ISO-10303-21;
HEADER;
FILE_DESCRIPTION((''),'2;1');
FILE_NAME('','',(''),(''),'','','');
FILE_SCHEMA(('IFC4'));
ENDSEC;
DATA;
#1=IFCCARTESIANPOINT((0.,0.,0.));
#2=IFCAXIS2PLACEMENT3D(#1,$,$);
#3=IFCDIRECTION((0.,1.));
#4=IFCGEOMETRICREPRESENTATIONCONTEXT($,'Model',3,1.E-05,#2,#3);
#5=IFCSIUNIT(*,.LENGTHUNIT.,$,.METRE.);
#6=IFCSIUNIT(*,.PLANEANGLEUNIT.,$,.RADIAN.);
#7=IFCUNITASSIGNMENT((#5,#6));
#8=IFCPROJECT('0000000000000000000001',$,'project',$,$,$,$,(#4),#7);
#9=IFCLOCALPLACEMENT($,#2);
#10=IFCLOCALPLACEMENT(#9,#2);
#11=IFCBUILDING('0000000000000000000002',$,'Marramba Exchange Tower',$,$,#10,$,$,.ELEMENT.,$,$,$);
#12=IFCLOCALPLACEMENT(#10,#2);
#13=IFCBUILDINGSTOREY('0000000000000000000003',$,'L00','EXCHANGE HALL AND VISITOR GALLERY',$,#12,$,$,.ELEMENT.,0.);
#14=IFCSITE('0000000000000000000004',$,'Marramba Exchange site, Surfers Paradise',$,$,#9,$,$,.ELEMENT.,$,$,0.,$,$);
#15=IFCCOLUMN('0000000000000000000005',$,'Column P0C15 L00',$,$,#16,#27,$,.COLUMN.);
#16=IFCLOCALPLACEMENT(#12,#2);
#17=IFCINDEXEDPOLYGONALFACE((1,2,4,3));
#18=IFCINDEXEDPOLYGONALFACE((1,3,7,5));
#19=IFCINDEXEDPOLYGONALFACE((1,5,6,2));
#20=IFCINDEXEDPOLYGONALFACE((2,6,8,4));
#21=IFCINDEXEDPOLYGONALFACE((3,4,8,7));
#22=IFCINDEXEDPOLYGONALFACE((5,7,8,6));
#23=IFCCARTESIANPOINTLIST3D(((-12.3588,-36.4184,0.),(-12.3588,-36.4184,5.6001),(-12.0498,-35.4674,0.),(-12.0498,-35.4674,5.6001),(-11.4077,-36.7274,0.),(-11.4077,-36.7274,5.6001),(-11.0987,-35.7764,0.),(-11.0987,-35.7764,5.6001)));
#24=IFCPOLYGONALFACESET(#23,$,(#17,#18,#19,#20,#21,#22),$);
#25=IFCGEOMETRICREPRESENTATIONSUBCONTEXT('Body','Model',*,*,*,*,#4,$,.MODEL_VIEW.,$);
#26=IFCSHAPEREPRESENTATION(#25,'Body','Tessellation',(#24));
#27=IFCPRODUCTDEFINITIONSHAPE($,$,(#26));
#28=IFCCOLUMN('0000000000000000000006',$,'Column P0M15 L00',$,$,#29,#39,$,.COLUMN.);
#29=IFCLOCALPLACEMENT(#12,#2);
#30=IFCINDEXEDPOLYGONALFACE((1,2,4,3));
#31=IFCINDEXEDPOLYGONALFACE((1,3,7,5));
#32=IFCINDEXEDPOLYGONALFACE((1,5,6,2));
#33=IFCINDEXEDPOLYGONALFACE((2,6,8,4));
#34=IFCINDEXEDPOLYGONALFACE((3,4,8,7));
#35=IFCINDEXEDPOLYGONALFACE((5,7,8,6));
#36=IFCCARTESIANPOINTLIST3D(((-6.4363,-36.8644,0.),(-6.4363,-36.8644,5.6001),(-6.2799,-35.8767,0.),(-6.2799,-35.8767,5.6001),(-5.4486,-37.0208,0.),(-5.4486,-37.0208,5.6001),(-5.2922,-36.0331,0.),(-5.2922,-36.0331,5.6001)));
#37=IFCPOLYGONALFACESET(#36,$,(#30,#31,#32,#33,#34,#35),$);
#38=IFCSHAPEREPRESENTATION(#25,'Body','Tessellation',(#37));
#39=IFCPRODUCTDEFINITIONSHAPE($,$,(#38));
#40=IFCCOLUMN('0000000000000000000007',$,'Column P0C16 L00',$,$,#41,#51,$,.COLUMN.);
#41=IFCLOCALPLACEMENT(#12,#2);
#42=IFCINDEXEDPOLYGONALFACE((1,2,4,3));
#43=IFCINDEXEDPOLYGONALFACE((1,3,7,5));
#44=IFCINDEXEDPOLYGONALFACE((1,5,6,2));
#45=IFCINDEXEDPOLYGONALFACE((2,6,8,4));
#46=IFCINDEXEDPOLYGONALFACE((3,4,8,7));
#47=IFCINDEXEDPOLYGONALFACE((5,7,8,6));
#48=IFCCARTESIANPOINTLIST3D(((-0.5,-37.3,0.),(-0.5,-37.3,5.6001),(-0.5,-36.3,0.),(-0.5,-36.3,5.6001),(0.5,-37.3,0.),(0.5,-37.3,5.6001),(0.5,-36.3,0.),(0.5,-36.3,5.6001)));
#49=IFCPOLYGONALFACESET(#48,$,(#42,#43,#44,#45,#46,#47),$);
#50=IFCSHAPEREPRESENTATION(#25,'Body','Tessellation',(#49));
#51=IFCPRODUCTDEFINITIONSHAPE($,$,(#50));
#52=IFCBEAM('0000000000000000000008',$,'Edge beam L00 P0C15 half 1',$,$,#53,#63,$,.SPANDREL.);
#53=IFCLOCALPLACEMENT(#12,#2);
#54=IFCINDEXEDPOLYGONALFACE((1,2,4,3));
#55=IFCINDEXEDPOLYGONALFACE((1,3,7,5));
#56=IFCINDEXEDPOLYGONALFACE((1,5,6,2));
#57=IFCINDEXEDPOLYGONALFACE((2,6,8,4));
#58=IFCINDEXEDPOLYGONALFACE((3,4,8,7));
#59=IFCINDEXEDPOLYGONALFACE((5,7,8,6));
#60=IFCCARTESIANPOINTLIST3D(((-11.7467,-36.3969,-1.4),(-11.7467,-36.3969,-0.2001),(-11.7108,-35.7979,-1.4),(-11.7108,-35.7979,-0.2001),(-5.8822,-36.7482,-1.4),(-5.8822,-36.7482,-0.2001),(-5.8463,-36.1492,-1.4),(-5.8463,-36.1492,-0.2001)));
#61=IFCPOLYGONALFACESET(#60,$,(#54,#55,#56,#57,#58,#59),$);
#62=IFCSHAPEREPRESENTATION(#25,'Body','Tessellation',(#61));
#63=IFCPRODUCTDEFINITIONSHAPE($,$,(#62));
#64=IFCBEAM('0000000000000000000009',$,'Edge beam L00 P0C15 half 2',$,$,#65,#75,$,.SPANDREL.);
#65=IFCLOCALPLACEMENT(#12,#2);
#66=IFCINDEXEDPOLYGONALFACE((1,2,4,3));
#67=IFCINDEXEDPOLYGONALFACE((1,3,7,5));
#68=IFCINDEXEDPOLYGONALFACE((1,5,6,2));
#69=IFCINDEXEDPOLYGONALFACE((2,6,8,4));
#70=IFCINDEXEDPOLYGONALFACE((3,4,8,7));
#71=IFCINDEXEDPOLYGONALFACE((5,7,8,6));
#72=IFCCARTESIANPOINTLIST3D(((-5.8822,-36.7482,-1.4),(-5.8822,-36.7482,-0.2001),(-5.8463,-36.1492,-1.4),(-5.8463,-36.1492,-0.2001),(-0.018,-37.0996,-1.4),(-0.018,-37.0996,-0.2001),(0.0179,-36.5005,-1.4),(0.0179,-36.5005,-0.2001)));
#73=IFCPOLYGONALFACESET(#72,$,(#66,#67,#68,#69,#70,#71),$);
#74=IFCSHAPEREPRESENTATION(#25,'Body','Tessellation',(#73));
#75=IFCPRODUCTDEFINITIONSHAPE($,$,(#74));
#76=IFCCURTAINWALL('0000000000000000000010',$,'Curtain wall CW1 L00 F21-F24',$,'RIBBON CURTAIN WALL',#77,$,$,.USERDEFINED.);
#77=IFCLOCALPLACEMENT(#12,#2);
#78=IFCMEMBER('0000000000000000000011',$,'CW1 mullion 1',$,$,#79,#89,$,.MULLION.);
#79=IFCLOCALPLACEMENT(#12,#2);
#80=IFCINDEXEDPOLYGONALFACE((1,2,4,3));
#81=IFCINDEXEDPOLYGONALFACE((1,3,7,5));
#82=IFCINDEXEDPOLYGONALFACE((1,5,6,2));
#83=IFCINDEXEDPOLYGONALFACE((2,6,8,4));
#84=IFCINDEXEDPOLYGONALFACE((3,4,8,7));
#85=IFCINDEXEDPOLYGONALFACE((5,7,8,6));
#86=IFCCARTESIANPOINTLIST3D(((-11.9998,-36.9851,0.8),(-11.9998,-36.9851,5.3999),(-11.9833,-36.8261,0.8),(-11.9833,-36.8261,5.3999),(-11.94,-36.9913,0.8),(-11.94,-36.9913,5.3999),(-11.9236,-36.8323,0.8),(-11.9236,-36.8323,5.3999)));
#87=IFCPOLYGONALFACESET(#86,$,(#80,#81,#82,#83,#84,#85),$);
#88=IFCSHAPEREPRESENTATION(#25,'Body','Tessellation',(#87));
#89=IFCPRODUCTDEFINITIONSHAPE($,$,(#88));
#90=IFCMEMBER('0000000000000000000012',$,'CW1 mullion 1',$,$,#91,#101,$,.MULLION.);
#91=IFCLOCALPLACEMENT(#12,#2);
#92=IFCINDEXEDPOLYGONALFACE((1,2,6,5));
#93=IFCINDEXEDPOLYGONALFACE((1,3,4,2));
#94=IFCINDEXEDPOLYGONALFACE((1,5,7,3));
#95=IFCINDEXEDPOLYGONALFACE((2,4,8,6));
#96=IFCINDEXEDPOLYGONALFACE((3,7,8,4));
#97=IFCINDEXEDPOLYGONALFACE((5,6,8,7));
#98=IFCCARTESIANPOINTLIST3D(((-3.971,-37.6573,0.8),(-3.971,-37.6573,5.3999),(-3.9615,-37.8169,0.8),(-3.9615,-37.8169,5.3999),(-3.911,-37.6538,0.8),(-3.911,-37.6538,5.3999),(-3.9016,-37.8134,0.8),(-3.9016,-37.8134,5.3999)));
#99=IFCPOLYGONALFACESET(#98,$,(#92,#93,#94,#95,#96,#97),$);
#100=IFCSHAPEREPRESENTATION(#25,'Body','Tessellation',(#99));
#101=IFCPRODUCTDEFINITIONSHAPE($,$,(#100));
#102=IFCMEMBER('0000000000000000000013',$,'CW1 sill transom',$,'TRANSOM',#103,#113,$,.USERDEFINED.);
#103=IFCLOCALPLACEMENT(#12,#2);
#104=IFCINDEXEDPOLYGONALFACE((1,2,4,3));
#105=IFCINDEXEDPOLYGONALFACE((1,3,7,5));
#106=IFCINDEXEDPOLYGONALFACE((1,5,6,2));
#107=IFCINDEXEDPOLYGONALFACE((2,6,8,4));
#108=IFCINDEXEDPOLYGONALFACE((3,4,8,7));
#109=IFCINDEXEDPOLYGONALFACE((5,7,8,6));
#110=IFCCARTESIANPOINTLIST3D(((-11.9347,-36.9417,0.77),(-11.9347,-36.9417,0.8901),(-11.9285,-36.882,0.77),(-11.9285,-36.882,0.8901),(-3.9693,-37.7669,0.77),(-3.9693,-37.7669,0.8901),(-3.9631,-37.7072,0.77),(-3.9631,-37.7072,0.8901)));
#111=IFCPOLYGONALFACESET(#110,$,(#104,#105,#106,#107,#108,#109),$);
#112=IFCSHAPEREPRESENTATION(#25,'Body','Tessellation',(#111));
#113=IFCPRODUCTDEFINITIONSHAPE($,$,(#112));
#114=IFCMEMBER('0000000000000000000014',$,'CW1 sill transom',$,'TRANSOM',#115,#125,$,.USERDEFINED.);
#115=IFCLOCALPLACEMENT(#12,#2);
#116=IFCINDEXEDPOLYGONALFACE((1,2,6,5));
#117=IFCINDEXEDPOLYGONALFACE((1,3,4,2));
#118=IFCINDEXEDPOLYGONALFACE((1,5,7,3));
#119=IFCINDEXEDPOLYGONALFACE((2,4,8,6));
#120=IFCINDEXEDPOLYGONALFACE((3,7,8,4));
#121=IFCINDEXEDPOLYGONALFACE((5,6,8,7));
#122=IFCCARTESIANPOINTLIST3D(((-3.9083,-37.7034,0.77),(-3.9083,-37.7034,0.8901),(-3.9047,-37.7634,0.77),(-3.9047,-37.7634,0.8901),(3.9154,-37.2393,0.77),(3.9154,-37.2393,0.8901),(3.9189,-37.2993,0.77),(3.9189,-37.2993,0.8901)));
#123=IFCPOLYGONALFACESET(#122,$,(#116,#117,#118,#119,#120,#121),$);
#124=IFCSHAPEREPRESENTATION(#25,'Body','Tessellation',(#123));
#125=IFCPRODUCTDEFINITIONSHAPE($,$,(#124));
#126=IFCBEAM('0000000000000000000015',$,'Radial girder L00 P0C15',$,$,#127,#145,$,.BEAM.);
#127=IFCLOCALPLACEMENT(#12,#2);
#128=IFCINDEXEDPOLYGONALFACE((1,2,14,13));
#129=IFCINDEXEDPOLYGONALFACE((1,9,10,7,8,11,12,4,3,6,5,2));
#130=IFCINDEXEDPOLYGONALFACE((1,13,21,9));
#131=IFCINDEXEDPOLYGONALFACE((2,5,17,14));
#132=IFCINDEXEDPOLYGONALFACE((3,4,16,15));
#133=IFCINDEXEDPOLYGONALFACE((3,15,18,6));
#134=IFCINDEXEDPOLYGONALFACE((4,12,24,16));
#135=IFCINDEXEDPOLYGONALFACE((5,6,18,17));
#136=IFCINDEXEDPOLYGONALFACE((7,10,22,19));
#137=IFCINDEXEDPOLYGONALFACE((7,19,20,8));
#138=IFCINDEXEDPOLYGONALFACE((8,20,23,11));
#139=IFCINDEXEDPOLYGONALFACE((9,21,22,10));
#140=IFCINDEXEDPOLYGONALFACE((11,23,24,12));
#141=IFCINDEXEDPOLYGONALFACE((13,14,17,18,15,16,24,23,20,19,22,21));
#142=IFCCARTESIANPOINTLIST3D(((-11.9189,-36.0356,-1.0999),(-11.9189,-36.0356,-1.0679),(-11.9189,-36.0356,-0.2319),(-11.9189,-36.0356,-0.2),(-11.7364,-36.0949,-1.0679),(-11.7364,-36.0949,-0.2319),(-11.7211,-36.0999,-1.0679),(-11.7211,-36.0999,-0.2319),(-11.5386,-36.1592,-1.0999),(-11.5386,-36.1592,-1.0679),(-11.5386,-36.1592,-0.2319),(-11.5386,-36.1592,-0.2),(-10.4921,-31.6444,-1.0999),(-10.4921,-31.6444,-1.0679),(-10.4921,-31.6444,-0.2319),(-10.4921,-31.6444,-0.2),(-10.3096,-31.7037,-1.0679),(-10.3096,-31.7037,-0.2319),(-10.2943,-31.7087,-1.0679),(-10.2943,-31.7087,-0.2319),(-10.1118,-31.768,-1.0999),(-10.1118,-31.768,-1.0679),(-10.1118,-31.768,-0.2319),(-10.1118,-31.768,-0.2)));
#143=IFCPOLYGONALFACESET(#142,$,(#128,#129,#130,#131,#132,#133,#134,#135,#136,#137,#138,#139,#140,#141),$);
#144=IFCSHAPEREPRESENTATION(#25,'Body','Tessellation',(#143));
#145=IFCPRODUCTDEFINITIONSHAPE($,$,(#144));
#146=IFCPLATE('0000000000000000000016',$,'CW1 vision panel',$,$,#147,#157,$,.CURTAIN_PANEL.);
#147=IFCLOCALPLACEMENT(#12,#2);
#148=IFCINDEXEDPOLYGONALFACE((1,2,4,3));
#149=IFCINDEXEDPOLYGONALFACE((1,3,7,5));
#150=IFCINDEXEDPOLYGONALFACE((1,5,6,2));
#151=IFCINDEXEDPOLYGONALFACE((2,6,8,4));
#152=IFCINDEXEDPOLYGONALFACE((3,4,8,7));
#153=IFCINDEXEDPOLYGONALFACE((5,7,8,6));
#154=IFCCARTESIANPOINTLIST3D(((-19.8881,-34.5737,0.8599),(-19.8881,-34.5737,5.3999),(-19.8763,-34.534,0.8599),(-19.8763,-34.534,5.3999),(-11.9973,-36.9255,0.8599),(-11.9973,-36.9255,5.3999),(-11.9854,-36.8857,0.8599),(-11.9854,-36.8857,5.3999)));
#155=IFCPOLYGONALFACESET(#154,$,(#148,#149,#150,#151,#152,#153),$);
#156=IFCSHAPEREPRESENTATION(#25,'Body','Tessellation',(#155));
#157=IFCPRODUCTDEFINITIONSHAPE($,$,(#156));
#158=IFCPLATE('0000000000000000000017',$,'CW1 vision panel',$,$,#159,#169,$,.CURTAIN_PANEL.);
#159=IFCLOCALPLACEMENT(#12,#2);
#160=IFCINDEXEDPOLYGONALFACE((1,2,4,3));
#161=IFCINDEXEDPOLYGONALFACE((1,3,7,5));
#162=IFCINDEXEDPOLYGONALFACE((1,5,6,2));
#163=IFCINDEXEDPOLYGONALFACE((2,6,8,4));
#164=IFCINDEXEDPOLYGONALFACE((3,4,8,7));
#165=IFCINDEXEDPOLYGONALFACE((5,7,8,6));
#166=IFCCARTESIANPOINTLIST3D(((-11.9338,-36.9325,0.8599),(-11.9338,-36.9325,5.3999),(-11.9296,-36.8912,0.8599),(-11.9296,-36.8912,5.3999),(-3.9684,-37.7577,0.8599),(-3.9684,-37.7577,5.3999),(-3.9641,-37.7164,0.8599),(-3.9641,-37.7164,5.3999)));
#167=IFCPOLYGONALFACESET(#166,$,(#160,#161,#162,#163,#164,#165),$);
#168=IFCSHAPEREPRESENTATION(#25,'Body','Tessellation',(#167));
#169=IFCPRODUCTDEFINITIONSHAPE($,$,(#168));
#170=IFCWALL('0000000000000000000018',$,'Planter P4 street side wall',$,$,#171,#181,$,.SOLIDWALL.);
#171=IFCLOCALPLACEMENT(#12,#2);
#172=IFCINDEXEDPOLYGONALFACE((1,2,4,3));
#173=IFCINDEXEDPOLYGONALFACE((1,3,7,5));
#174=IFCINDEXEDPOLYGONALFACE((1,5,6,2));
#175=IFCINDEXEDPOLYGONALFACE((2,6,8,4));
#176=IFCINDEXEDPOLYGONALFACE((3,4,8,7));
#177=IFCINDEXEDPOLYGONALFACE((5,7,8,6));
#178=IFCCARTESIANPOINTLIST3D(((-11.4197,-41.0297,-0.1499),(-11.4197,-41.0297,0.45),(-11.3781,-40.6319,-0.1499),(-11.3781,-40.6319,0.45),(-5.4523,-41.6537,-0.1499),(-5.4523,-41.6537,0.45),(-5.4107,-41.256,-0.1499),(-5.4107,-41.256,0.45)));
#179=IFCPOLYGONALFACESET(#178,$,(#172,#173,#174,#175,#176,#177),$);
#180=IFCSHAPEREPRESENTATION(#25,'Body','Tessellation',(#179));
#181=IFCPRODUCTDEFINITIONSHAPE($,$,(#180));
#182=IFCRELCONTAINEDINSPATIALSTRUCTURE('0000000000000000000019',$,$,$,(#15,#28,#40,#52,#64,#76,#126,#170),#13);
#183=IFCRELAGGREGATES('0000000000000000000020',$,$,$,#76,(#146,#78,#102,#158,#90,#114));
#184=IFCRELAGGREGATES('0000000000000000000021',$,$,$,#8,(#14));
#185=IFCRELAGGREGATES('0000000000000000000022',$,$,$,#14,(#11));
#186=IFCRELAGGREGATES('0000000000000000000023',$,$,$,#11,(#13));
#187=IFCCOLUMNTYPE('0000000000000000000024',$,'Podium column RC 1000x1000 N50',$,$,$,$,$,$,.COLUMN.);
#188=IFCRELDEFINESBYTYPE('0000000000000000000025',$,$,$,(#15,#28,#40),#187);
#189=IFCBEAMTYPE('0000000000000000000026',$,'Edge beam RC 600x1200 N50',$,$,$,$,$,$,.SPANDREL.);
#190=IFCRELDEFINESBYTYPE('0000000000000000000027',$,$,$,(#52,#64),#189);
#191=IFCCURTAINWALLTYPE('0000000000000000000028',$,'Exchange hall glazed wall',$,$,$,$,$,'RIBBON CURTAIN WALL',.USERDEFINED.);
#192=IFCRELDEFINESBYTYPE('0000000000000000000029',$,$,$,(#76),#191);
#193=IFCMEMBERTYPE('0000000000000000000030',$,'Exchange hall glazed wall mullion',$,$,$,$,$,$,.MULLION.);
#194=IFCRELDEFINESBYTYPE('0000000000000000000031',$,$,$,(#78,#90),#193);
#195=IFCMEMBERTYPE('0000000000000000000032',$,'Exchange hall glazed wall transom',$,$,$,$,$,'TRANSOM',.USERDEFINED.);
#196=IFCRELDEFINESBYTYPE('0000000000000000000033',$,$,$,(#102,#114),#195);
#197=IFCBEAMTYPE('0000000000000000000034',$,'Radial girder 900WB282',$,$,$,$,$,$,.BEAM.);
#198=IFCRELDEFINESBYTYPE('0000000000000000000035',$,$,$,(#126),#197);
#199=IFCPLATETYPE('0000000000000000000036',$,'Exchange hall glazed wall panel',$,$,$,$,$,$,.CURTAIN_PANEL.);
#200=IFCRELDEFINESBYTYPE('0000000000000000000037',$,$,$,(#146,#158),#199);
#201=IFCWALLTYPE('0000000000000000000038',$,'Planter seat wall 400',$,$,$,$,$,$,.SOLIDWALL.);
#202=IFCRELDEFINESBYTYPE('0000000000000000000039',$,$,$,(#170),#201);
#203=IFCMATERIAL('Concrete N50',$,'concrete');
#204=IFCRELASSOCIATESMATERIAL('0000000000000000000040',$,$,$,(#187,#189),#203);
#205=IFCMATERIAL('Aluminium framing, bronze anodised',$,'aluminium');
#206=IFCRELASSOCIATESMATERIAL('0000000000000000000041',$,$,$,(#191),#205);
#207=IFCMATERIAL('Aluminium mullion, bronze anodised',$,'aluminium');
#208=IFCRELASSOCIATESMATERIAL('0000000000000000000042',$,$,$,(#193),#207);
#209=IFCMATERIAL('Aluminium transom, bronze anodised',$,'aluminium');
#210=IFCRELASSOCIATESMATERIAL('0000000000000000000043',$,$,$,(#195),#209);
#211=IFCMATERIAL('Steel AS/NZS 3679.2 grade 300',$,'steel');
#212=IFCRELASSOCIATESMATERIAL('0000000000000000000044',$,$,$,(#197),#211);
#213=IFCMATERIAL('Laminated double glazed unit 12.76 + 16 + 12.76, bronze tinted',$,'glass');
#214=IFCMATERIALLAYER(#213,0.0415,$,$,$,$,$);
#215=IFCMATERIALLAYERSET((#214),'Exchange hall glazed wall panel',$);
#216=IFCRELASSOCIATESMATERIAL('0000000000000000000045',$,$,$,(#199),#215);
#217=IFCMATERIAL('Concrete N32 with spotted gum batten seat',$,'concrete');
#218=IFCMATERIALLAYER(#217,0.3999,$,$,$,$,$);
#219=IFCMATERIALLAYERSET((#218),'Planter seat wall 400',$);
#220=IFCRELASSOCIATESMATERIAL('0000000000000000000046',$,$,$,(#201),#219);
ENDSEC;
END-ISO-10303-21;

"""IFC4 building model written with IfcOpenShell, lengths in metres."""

from ifc_helpers import new_model, si_unit, direction, frame, frame_2d, origin, origin_2d, place, context, subcontext, project, spatial, rectangle, i_section, extrude, material, layer, layer_set, material_profile, profile_set, type_object, element, aggregate, save


model = new_model("IFC4")

# Units and contexts
model_context = context("Model", 3, precision=1e-05, world=origin(), true_north=direction((0.0, 1.0)))
body_context = subcontext(model_context, "Body", "Model", "MODEL_VIEW")
ifc_project = project(units=[si_unit("LENGTHUNIT", "METRE"), si_unit("PLANEANGLEUNIT", "RADIAN")], contexts=[model_context])

# Site, building, storey
site_placement = place(None, origin())
site = spatial("IfcSite", under=ifc_project, at=site_placement, Name="Marramba Exchange site, Surfers Paradise", CompositionType="ELEMENT", RefElevation=0.0)
building_placement = place(site_placement, origin())
building = spatial("IfcBuilding", under=site, at=building_placement, Name="Marramba Exchange Tower", CompositionType="ELEMENT")
storey_placement = place(building_placement, origin())
storey = spatial("IfcBuildingStorey", under=building, at=storey_placement, Name="L00", Description="EXCHANGE HALL AND VISITOR GALLERY", CompositionType="ELEMENT", Elevation=0.0)

# Columns
ifc_material_1 = material(Name="Concrete N50", Category="concrete")
ifc_material_profile_1 = material_profile(ifc_material_1, rectangle(XDim=1.0, YDim=1.0, at=origin_2d()), Name="RC 1000x1000")
ifc_profile_set_1 = profile_set([ifc_material_profile_1], Name="Concrete N50")
column_type = type_object("IfcColumnType", Name="Podium column RC 1000x1000 N50", PredefinedType="COLUMN", material=ifc_profile_set_1)
for number, where, z_axis, x_axis, name in (
    (1, (-11.7288, -36.0974, 0.0), (0.0, 0.0, 1.0), (-0.309017, -0.951057, 0.0), "Column P0C15 L00"),
    (2, (-5.8643, -36.4487, 0.0), (0.0, 0.0, 1.0), (-0.156434, -0.987688, 0.0), "Column P0M15 L00"),
    (3, (0.0, -36.8, 0.0), (0.0, 0.0, 1.0), (0.0, -1.0, 0.0), "Column P0C16 L00"),
):
    element("IfcColumn", number, at=place(storey_placement, frame(where, z_axis=z_axis, x_axis=x_axis)), inside=storey, type_object=column_type, Name=name, PredefinedType="COLUMN", context=body_context, shape_type="SweptSolid", body=[
        extrude(rectangle(XDim=1.0, YDim=1.0, at=origin_2d()), origin(), (0.0, 0.0, 1.0), 5.6001),
    ])

# Beams
ifc_material_profile_2 = material_profile(ifc_material_1, rectangle(XDim=0.6001, YDim=1.2, at=origin_2d()), Name="RC 600x1200")
ifc_profile_set_2 = profile_set([ifc_material_profile_2], Name="Concrete N50")
beam_type_1 = type_object("IfcBeamType", Name="Edge beam RC 600x1200 N50", PredefinedType="SPANDREL", material=ifc_profile_set_2)
beam_1_placement = place(storey_placement, frame((-11.7288, -36.0974, -0.8), z_axis=(0.99821, -0.059799, 0.0), x_axis=(0.059799, 0.99821, 0.0)))
element("IfcBeam", 4, at=beam_1_placement, inside=storey, type_object=beam_type_1, Name="Edge beam L00 P0C15 half 1", PredefinedType="SPANDREL", context=body_context, shape_type="SweptSolid", body=[
    extrude(rectangle(XDim=0.6001, YDim=1.2, at=origin_2d()), origin(), (0.0, 0.0, 1.0), 5.875),
])
beam_2_placement = place(storey_placement, frame((-5.8643, -36.4487, -0.8), z_axis=(0.99821, -0.059801, 0.0), x_axis=(0.059801, 0.99821, 0.0)))
element("IfcBeam", 5, at=beam_2_placement, inside=storey, type_object=beam_type_1, Name="Edge beam L00 P0C15 half 2", PredefinedType="SPANDREL", context=body_context, shape_type="SweptSolid", body=[
    extrude(rectangle(XDim=0.6001, YDim=1.2, at=origin_2d()), origin(), (0.0, 0.0, 1.0), 5.8748),
])

# Curtain wall, members
ifc_material_2 = material(Name="Aluminium framing, bronze anodised", Category="aluminium")
curtain_wall_type = type_object("IfcCurtainWallType", Name="Exchange hall glazed wall", ElementType="RIBBON CURTAIN WALL", PredefinedType="USERDEFINED", material=ifc_material_2)
curtain_wall_placement = place(storey_placement, origin())
curtain_wall = element("IfcCurtainWall", 6, at=curtain_wall_placement, inside=storey, type_object=curtain_wall_type, Name="Curtain wall CW1 L00 F21-F24", ObjectType="RIBBON CURTAIN WALL", PredefinedType="USERDEFINED")
ifc_material_3 = material(Name="Aluminium mullion, bronze anodised", Category="aluminium")
ifc_material_profile_3 = material_profile(ifc_material_3, rectangle(XDim=0.1599, YDim=0.0601, at=origin_2d()), Name="CW1 mullion 60x160")
ifc_profile_set_3 = profile_set([ifc_material_profile_3], Name="Aluminium mullion, bronze anodised")
member_type_1 = type_object("IfcMemberType", Name="Exchange hall glazed wall mullion", PredefinedType="MULLION", material=ifc_profile_set_3)
member_1_placement = place(storey_placement, frame((-11.9617, -36.9087, 0.8), z_axis=(0.0, 0.0, 1.0), x_axis=(0.103043, 0.994677, 0.0)))
member_1 = element("IfcMember", 7, at=member_1_placement, type_object=member_type_1, Name="CW1 mullion 1", PredefinedType="MULLION", context=body_context, shape_type="SweptSolid", body=[
    extrude(rectangle(XDim=0.1599, YDim=0.0601, at=origin_2d()), origin(), (0.0, 0.0, 1.0), 4.5999),
])
member_2_placement = place(storey_placement, frame((-3.9363, -37.7354, 0.8), z_axis=(0.0, 0.0, 1.0), x_axis=(-0.059244, 0.998244, 0.0)))
member_2 = element("IfcMember", 8, at=member_2_placement, type_object=member_type_1, Name="CW1 mullion 1", PredefinedType="MULLION", context=body_context, shape_type="SweptSolid", body=[
    extrude(rectangle(XDim=0.1599, YDim=0.0601, at=origin_2d()), origin(), (0.0, 0.0, 1.0), 4.5999),
])
ifc_material_4 = material(Name="Aluminium transom, bronze anodised", Category="aluminium")
ifc_material_profile_4 = material_profile(ifc_material_4, rectangle(XDim=0.0601, YDim=0.1201, at=origin_2d()), Name="CW1 transom 60x120")
ifc_profile_set_4 = profile_set([ifc_material_profile_4], Name="Aluminium transom, bronze anodised")
member_type_2 = type_object("IfcMemberType", Name="Exchange hall glazed wall transom", ElementType="TRANSOM", PredefinedType="USERDEFINED", material=ifc_profile_set_4)
member_3_placement = place(storey_placement, frame((-11.9316, -36.9119, 0.8301), z_axis=(0.994677, -0.103047, 0.0), x_axis=(0.103047, 0.994677, 0.0)))
member_3 = element("IfcMember", 9, at=member_3_placement, type_object=member_type_2, Name="CW1 sill transom", ObjectType="TRANSOM", PredefinedType="USERDEFINED", context=body_context, shape_type="SweptSolid", body=[
    extrude(rectangle(XDim=0.0601, YDim=0.1201, at=origin_2d()), origin(), (0.0, 0.0, 1.0), 8.0081),
])
member_4_placement = place(storey_placement, frame((-3.9065, -37.7334, 0.8301), z_axis=(0.998245, 0.059217, 0.0), x_axis=(-0.059217, 0.998245, 0.0)))
member_4 = element("IfcMember", 10, at=member_4_placement, type_object=member_type_2, Name="CW1 sill transom", ObjectType="TRANSOM", PredefinedType="USERDEFINED", context=body_context, shape_type="SweptSolid", body=[
    extrude(rectangle(XDim=0.0601, YDim=0.1201, at=origin_2d()), origin(), (0.0, 0.0, 1.0), 7.8374),
])

# Beam
ifc_material_5 = material(Name="Steel AS/NZS 3679.2 grade 300", Category="steel")
ifc_material_profile_5 = material_profile(ifc_material_5, i_section(OverallWidth=0.3999, OverallDepth=0.8999, WebThickness=0.0161, FlangeThickness=0.032, at=origin_2d()), Name="900WB282")
ifc_profile_set_5 = profile_set([ifc_material_profile_5], Name="Steel AS/NZS 3679.2 grade 300")
beam_type_2 = type_object("IfcBeamType", Name="Radial girder 900WB282", PredefinedType="BEAM", material=ifc_profile_set_5)
beam_3_placement = place(storey_placement, frame((-11.7288, -36.0974, -0.6499), z_axis=(0.309017, 0.951057, 0.0), x_axis=(-0.951057, 0.309017, 0.0)))
element("IfcBeam", 11, at=beam_3_placement, inside=storey, type_object=beam_type_2, Name="Radial girder L00 P0C15", PredefinedType="BEAM", context=body_context, shape_type="SweptSolid", body=[
    extrude(i_section(OverallWidth=0.3999, OverallDepth=0.8999, WebThickness=0.0161, FlangeThickness=0.032, at=origin_2d()), origin(), (0.0, 0.0, 1.0), 4.6172),
])

# Plates
ifc_material_6 = material(Name="Laminated double glazed unit 12.76 + 16 + 12.76, bronze tinted", Category="glass")
ifc_layer_1 = layer(ifc_material_6, 0.0415)
ifc_layer_set_1 = layer_set([ifc_layer_1], Name="Exchange hall glazed wall panel")
plate_type = type_object("IfcPlateType", Name="Exchange hall glazed wall panel", PredefinedType="CURTAIN_PANEL", material=ifc_layer_set_1)
plate_1_placement = place(storey_placement, frame((-15.9368, -35.7297, 0.8599), z_axis=(0.0, 0.0, 1.0), x_axis=(0.958343, -0.285621, 0.0)))
plate_1 = element("IfcPlate", 12, at=plate_1_placement, type_object=plate_type, Name="CW1 vision panel", PredefinedType="CURTAIN_PANEL", context=body_context, shape_type="SweptSolid", body=[
    extrude(rectangle(XDim=8.2339, YDim=0.0415, at=origin_2d()), origin(), (0.0, 0.0, 1.0), 4.54),
])
plate_2_placement = place(storey_placement, frame((-7.949, -37.3245, 0.8599), z_axis=(0.0, 0.0, 1.0), x_axis=(0.994677, -0.103043, 0.0)))
plate_2 = element("IfcPlate", 13, at=plate_2_placement, type_object=plate_type, Name="CW1 vision panel", PredefinedType="CURTAIN_PANEL", context=body_context, shape_type="SweptSolid", body=[
    extrude(rectangle(XDim=8.0081, YDim=0.0415, at=origin_2d()), origin(), (0.0, 0.0, 1.0), 4.54),
])
aggregate(curtain_wall, [plate_1, member_1, member_3, plate_2, member_2, member_4])

# Wall
ifc_material_7 = material(Name="Concrete N32 with spotted gum batten seat", Category="concrete")
ifc_layer_2 = layer(ifc_material_7, 0.3999)
ifc_layer_set_2 = layer_set([ifc_layer_2], Name="Planter seat wall 400")
wall_type_1 = type_object("IfcWallType", Name="Planter seat wall 400", PredefinedType="SOLIDWALL", material=ifc_layer_set_2)
wall_1_placement = place(storey_placement, frame((-11.3989, -40.8308, -0.1499), z_axis=(0.0, 0.0, 1.0), x_axis=(0.994577, -0.104003, 0.0)))
element("IfcWall", 14, at=wall_1_placement, inside=storey, type_object=wall_type_1, Name="Planter P4 street side wall", PredefinedType="SOLIDWALL", context=body_context, shape_type="SweptSolid", body=[
    extrude(rectangle(XDim=6.0, YDim=0.3999, at=frame_2d((3.0, 0.0))), origin(), (0.0, 0.0, 1.0), 0.5999),
])

save(model, "model.ifc")
